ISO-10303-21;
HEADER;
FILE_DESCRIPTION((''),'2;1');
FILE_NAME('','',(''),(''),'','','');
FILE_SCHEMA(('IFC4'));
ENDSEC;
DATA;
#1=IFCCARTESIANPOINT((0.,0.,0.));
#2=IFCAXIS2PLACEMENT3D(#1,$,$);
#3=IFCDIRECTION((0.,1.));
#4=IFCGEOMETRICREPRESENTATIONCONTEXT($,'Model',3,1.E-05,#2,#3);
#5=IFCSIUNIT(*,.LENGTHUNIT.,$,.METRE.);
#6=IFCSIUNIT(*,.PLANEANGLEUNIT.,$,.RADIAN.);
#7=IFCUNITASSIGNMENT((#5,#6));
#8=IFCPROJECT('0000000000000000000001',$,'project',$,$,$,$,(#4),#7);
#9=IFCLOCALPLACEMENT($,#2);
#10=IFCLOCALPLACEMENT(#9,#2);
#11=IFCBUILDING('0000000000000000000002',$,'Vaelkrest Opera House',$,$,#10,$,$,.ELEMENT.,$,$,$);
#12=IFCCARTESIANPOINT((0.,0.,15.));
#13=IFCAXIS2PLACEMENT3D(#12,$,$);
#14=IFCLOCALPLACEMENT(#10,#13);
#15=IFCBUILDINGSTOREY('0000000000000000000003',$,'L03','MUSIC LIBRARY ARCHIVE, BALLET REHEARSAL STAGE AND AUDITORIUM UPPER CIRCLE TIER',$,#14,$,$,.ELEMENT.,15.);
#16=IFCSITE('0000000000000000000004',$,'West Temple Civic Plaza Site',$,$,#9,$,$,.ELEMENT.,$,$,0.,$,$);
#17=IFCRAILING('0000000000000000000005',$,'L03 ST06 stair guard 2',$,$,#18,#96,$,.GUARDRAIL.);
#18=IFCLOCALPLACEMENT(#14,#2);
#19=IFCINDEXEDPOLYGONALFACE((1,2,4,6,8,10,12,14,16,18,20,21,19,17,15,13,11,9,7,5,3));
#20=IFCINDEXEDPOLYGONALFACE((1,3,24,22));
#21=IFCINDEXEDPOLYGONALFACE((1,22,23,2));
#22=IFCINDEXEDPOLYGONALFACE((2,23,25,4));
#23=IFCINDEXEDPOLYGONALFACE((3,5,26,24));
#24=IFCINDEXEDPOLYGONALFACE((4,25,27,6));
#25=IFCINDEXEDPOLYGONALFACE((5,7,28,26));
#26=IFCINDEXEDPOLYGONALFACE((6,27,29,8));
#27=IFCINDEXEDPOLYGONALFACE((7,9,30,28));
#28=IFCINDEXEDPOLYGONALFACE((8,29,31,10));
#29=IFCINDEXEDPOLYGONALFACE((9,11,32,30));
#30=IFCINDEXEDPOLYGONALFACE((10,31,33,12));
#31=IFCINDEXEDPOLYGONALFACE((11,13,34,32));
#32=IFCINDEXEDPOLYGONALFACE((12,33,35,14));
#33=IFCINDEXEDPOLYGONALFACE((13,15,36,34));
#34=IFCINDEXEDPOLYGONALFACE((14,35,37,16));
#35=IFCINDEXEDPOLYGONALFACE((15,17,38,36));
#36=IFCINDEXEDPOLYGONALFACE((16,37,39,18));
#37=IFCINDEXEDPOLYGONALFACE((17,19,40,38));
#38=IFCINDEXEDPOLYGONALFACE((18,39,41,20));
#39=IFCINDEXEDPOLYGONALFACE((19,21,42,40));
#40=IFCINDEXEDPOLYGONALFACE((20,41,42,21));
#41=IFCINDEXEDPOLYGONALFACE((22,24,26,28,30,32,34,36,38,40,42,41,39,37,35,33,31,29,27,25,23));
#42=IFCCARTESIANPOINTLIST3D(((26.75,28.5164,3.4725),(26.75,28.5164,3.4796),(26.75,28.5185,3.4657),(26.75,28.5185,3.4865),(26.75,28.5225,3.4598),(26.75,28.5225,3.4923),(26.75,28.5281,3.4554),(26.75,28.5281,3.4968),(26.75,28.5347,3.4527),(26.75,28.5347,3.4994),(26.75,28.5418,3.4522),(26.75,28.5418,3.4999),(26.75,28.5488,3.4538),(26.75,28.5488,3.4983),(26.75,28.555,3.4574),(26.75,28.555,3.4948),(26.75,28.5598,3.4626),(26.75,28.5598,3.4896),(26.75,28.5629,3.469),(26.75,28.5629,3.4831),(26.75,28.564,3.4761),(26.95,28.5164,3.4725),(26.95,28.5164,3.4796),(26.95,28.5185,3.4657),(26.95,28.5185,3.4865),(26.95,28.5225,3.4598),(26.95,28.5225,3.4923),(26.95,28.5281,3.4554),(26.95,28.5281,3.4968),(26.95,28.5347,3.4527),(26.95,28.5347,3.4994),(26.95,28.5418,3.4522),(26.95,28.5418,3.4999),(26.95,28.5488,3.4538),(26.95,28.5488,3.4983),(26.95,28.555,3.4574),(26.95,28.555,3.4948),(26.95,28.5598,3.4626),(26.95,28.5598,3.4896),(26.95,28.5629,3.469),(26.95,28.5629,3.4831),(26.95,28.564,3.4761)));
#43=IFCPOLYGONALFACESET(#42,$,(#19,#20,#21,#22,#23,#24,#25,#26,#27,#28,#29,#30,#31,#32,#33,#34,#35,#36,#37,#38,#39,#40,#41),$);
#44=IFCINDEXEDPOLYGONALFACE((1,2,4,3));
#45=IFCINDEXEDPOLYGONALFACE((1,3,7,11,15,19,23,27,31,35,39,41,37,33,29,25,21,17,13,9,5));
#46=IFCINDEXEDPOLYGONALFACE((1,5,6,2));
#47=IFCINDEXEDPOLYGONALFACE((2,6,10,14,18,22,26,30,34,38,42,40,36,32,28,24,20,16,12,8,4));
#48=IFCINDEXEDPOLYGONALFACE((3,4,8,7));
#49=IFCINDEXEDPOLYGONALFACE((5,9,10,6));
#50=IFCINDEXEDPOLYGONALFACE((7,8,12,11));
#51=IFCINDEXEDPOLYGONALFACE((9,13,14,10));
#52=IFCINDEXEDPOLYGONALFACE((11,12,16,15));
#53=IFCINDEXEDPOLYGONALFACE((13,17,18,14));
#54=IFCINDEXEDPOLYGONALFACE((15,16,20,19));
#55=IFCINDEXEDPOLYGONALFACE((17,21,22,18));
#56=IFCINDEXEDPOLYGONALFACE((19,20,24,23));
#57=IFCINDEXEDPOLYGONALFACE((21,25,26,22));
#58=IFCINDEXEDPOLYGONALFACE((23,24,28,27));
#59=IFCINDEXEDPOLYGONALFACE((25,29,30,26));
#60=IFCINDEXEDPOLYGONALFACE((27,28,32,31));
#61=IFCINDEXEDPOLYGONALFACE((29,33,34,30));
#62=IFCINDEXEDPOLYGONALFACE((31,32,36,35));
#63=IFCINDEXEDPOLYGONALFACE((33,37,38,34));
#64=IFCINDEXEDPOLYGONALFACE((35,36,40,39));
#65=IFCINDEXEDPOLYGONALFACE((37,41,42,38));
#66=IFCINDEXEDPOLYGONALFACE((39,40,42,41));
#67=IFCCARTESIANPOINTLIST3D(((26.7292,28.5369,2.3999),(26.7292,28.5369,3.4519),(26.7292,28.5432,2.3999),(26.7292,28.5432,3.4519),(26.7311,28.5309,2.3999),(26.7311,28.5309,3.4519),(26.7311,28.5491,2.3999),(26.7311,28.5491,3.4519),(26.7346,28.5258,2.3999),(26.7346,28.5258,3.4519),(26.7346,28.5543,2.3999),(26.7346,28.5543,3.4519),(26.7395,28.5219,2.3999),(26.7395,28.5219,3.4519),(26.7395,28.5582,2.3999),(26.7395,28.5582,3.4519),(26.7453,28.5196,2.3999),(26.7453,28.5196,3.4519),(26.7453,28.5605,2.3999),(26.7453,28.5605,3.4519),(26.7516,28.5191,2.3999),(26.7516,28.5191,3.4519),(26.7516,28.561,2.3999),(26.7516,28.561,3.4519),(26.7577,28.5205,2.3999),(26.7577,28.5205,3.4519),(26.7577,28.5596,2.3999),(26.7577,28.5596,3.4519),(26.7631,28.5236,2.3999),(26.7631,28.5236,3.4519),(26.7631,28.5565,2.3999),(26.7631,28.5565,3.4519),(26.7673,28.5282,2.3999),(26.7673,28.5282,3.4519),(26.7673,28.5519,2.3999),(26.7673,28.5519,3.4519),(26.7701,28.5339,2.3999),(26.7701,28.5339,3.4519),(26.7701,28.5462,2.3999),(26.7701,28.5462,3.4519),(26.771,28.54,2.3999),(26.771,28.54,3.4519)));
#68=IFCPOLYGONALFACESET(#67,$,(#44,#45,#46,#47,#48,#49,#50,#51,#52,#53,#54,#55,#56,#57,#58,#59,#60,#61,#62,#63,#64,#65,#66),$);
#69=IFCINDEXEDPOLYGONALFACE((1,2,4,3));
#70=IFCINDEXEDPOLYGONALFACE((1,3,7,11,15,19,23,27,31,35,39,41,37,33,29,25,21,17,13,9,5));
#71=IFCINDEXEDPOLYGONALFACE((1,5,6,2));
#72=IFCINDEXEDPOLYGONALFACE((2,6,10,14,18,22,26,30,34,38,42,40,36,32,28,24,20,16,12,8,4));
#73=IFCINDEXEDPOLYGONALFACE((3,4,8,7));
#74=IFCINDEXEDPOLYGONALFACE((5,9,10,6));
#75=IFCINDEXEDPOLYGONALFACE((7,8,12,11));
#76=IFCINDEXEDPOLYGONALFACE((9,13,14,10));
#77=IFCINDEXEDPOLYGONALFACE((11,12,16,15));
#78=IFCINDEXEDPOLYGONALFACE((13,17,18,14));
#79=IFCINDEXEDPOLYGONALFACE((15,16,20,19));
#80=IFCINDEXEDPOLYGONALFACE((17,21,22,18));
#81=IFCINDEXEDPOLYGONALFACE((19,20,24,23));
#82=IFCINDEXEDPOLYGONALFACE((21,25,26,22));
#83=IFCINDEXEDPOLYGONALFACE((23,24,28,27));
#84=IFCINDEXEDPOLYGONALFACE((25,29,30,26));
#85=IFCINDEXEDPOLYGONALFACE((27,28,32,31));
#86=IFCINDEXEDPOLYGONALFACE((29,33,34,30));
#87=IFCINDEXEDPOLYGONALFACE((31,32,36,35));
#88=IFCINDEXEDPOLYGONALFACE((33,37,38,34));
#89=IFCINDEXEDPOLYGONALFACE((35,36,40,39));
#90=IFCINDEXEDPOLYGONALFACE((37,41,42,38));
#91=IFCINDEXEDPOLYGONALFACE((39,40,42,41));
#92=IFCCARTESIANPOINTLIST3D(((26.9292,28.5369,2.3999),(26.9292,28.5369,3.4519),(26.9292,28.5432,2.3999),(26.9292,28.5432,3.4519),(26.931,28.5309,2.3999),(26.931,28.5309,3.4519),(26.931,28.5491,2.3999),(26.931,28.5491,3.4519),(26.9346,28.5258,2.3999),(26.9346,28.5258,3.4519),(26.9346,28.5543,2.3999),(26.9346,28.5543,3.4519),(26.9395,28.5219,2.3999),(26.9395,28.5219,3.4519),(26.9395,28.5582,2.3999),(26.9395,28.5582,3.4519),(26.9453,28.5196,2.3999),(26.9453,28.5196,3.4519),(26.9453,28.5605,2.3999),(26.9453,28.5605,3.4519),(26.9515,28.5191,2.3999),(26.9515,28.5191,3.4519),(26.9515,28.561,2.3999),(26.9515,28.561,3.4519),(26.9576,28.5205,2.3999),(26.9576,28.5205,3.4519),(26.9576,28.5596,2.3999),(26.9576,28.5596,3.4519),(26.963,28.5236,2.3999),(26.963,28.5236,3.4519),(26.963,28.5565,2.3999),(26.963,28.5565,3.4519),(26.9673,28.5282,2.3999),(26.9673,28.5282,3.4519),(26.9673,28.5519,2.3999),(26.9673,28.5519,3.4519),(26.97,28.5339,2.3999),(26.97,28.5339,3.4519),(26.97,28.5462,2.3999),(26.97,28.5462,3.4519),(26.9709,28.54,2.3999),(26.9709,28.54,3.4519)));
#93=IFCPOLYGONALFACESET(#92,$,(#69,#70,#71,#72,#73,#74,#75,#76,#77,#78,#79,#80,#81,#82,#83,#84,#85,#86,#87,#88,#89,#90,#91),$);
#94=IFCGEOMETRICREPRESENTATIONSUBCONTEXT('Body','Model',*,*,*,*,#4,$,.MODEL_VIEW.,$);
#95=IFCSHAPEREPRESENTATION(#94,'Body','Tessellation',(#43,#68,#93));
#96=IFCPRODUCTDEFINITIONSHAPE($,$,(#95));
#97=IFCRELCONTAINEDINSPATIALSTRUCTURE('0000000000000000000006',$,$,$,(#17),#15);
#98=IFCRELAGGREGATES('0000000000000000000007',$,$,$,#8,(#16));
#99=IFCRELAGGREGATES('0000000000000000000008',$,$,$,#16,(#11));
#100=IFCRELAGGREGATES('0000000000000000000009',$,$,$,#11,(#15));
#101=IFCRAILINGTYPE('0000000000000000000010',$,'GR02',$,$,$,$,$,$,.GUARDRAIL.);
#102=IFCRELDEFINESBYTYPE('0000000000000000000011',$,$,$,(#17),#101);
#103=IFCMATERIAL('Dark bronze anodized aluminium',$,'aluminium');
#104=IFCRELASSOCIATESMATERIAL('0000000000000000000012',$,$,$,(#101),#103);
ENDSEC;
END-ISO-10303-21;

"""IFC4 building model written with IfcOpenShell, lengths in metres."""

from ifc_helpers import new_model, si_unit, direction, frame, origin, origin_2d, place, context, subcontext, project, spatial, circle, extrude, material, type_object, element, save


model = new_model("IFC4")

# Units and contexts
model_context = context("Model", 3, precision=1e-05, world=origin(), true_north=direction((0.0, 1.0)))
body_context = subcontext(model_context, "Body", "Model", "MODEL_VIEW")
ifc_project = project(units=[si_unit("LENGTHUNIT", "METRE"), si_unit("PLANEANGLEUNIT", "RADIAN")], contexts=[model_context])

# Site, building, storey
site_placement = place(None, origin())
site = spatial("IfcSite", under=ifc_project, at=site_placement, Name="West Temple Civic Plaza Site", CompositionType="ELEMENT", RefElevation=0.0)
building_placement = place(site_placement, origin())
building = spatial("IfcBuilding", under=site, at=building_placement, Name="Vaelkrest Opera House", CompositionType="ELEMENT")
storey_placement = place(building_placement, frame((0.0, 0.0, 15.0)))
storey = spatial("IfcBuildingStorey", under=building, at=storey_placement, Name="L03", Description="MUSIC LIBRARY ARCHIVE, BALLET REHEARSAL STAGE AND AUDITORIUM UPPER CIRCLE TIER", CompositionType="ELEMENT", Elevation=15.0)

# Railing
ifc_material_1 = material(Name="Dark bronze anodized aluminium", Category="aluminium")
railing_type_1 = type_object("IfcRailingType", Name="GR02", PredefinedType="GUARDRAIL", material=ifc_material_1)
railing_1_placement = place(storey_placement, frame((26.75, 28.54, 2.3999)))
element("IfcRailing", 1, at=railing_1_placement, inside=storey, type_object=railing_type_1, Name="L03 ST06 stair guard 2", PredefinedType="GUARDRAIL", context=body_context, shape_type="SweptSolid", body=[
    extrude(circle(Radius=0.0239, at=origin_2d()), frame((0.0, 0.0, 1.0762), z_axis=(1.0, 0.0, 0.0), x_axis=(0.0, 1.0, 0.0)), (0.0, 0.0, 1.0), 0.2),
    extrude(circle(Radius=0.021, at=origin_2d()), origin(), (0.0, 0.0, 1.0), 1.052),
    extrude(circle(Radius=0.021, at=origin_2d()), frame((0.2, 0.0, 0.0)), (0.0, 0.0, 1.0), 1.052),
])

save(model, "model.ifc")
